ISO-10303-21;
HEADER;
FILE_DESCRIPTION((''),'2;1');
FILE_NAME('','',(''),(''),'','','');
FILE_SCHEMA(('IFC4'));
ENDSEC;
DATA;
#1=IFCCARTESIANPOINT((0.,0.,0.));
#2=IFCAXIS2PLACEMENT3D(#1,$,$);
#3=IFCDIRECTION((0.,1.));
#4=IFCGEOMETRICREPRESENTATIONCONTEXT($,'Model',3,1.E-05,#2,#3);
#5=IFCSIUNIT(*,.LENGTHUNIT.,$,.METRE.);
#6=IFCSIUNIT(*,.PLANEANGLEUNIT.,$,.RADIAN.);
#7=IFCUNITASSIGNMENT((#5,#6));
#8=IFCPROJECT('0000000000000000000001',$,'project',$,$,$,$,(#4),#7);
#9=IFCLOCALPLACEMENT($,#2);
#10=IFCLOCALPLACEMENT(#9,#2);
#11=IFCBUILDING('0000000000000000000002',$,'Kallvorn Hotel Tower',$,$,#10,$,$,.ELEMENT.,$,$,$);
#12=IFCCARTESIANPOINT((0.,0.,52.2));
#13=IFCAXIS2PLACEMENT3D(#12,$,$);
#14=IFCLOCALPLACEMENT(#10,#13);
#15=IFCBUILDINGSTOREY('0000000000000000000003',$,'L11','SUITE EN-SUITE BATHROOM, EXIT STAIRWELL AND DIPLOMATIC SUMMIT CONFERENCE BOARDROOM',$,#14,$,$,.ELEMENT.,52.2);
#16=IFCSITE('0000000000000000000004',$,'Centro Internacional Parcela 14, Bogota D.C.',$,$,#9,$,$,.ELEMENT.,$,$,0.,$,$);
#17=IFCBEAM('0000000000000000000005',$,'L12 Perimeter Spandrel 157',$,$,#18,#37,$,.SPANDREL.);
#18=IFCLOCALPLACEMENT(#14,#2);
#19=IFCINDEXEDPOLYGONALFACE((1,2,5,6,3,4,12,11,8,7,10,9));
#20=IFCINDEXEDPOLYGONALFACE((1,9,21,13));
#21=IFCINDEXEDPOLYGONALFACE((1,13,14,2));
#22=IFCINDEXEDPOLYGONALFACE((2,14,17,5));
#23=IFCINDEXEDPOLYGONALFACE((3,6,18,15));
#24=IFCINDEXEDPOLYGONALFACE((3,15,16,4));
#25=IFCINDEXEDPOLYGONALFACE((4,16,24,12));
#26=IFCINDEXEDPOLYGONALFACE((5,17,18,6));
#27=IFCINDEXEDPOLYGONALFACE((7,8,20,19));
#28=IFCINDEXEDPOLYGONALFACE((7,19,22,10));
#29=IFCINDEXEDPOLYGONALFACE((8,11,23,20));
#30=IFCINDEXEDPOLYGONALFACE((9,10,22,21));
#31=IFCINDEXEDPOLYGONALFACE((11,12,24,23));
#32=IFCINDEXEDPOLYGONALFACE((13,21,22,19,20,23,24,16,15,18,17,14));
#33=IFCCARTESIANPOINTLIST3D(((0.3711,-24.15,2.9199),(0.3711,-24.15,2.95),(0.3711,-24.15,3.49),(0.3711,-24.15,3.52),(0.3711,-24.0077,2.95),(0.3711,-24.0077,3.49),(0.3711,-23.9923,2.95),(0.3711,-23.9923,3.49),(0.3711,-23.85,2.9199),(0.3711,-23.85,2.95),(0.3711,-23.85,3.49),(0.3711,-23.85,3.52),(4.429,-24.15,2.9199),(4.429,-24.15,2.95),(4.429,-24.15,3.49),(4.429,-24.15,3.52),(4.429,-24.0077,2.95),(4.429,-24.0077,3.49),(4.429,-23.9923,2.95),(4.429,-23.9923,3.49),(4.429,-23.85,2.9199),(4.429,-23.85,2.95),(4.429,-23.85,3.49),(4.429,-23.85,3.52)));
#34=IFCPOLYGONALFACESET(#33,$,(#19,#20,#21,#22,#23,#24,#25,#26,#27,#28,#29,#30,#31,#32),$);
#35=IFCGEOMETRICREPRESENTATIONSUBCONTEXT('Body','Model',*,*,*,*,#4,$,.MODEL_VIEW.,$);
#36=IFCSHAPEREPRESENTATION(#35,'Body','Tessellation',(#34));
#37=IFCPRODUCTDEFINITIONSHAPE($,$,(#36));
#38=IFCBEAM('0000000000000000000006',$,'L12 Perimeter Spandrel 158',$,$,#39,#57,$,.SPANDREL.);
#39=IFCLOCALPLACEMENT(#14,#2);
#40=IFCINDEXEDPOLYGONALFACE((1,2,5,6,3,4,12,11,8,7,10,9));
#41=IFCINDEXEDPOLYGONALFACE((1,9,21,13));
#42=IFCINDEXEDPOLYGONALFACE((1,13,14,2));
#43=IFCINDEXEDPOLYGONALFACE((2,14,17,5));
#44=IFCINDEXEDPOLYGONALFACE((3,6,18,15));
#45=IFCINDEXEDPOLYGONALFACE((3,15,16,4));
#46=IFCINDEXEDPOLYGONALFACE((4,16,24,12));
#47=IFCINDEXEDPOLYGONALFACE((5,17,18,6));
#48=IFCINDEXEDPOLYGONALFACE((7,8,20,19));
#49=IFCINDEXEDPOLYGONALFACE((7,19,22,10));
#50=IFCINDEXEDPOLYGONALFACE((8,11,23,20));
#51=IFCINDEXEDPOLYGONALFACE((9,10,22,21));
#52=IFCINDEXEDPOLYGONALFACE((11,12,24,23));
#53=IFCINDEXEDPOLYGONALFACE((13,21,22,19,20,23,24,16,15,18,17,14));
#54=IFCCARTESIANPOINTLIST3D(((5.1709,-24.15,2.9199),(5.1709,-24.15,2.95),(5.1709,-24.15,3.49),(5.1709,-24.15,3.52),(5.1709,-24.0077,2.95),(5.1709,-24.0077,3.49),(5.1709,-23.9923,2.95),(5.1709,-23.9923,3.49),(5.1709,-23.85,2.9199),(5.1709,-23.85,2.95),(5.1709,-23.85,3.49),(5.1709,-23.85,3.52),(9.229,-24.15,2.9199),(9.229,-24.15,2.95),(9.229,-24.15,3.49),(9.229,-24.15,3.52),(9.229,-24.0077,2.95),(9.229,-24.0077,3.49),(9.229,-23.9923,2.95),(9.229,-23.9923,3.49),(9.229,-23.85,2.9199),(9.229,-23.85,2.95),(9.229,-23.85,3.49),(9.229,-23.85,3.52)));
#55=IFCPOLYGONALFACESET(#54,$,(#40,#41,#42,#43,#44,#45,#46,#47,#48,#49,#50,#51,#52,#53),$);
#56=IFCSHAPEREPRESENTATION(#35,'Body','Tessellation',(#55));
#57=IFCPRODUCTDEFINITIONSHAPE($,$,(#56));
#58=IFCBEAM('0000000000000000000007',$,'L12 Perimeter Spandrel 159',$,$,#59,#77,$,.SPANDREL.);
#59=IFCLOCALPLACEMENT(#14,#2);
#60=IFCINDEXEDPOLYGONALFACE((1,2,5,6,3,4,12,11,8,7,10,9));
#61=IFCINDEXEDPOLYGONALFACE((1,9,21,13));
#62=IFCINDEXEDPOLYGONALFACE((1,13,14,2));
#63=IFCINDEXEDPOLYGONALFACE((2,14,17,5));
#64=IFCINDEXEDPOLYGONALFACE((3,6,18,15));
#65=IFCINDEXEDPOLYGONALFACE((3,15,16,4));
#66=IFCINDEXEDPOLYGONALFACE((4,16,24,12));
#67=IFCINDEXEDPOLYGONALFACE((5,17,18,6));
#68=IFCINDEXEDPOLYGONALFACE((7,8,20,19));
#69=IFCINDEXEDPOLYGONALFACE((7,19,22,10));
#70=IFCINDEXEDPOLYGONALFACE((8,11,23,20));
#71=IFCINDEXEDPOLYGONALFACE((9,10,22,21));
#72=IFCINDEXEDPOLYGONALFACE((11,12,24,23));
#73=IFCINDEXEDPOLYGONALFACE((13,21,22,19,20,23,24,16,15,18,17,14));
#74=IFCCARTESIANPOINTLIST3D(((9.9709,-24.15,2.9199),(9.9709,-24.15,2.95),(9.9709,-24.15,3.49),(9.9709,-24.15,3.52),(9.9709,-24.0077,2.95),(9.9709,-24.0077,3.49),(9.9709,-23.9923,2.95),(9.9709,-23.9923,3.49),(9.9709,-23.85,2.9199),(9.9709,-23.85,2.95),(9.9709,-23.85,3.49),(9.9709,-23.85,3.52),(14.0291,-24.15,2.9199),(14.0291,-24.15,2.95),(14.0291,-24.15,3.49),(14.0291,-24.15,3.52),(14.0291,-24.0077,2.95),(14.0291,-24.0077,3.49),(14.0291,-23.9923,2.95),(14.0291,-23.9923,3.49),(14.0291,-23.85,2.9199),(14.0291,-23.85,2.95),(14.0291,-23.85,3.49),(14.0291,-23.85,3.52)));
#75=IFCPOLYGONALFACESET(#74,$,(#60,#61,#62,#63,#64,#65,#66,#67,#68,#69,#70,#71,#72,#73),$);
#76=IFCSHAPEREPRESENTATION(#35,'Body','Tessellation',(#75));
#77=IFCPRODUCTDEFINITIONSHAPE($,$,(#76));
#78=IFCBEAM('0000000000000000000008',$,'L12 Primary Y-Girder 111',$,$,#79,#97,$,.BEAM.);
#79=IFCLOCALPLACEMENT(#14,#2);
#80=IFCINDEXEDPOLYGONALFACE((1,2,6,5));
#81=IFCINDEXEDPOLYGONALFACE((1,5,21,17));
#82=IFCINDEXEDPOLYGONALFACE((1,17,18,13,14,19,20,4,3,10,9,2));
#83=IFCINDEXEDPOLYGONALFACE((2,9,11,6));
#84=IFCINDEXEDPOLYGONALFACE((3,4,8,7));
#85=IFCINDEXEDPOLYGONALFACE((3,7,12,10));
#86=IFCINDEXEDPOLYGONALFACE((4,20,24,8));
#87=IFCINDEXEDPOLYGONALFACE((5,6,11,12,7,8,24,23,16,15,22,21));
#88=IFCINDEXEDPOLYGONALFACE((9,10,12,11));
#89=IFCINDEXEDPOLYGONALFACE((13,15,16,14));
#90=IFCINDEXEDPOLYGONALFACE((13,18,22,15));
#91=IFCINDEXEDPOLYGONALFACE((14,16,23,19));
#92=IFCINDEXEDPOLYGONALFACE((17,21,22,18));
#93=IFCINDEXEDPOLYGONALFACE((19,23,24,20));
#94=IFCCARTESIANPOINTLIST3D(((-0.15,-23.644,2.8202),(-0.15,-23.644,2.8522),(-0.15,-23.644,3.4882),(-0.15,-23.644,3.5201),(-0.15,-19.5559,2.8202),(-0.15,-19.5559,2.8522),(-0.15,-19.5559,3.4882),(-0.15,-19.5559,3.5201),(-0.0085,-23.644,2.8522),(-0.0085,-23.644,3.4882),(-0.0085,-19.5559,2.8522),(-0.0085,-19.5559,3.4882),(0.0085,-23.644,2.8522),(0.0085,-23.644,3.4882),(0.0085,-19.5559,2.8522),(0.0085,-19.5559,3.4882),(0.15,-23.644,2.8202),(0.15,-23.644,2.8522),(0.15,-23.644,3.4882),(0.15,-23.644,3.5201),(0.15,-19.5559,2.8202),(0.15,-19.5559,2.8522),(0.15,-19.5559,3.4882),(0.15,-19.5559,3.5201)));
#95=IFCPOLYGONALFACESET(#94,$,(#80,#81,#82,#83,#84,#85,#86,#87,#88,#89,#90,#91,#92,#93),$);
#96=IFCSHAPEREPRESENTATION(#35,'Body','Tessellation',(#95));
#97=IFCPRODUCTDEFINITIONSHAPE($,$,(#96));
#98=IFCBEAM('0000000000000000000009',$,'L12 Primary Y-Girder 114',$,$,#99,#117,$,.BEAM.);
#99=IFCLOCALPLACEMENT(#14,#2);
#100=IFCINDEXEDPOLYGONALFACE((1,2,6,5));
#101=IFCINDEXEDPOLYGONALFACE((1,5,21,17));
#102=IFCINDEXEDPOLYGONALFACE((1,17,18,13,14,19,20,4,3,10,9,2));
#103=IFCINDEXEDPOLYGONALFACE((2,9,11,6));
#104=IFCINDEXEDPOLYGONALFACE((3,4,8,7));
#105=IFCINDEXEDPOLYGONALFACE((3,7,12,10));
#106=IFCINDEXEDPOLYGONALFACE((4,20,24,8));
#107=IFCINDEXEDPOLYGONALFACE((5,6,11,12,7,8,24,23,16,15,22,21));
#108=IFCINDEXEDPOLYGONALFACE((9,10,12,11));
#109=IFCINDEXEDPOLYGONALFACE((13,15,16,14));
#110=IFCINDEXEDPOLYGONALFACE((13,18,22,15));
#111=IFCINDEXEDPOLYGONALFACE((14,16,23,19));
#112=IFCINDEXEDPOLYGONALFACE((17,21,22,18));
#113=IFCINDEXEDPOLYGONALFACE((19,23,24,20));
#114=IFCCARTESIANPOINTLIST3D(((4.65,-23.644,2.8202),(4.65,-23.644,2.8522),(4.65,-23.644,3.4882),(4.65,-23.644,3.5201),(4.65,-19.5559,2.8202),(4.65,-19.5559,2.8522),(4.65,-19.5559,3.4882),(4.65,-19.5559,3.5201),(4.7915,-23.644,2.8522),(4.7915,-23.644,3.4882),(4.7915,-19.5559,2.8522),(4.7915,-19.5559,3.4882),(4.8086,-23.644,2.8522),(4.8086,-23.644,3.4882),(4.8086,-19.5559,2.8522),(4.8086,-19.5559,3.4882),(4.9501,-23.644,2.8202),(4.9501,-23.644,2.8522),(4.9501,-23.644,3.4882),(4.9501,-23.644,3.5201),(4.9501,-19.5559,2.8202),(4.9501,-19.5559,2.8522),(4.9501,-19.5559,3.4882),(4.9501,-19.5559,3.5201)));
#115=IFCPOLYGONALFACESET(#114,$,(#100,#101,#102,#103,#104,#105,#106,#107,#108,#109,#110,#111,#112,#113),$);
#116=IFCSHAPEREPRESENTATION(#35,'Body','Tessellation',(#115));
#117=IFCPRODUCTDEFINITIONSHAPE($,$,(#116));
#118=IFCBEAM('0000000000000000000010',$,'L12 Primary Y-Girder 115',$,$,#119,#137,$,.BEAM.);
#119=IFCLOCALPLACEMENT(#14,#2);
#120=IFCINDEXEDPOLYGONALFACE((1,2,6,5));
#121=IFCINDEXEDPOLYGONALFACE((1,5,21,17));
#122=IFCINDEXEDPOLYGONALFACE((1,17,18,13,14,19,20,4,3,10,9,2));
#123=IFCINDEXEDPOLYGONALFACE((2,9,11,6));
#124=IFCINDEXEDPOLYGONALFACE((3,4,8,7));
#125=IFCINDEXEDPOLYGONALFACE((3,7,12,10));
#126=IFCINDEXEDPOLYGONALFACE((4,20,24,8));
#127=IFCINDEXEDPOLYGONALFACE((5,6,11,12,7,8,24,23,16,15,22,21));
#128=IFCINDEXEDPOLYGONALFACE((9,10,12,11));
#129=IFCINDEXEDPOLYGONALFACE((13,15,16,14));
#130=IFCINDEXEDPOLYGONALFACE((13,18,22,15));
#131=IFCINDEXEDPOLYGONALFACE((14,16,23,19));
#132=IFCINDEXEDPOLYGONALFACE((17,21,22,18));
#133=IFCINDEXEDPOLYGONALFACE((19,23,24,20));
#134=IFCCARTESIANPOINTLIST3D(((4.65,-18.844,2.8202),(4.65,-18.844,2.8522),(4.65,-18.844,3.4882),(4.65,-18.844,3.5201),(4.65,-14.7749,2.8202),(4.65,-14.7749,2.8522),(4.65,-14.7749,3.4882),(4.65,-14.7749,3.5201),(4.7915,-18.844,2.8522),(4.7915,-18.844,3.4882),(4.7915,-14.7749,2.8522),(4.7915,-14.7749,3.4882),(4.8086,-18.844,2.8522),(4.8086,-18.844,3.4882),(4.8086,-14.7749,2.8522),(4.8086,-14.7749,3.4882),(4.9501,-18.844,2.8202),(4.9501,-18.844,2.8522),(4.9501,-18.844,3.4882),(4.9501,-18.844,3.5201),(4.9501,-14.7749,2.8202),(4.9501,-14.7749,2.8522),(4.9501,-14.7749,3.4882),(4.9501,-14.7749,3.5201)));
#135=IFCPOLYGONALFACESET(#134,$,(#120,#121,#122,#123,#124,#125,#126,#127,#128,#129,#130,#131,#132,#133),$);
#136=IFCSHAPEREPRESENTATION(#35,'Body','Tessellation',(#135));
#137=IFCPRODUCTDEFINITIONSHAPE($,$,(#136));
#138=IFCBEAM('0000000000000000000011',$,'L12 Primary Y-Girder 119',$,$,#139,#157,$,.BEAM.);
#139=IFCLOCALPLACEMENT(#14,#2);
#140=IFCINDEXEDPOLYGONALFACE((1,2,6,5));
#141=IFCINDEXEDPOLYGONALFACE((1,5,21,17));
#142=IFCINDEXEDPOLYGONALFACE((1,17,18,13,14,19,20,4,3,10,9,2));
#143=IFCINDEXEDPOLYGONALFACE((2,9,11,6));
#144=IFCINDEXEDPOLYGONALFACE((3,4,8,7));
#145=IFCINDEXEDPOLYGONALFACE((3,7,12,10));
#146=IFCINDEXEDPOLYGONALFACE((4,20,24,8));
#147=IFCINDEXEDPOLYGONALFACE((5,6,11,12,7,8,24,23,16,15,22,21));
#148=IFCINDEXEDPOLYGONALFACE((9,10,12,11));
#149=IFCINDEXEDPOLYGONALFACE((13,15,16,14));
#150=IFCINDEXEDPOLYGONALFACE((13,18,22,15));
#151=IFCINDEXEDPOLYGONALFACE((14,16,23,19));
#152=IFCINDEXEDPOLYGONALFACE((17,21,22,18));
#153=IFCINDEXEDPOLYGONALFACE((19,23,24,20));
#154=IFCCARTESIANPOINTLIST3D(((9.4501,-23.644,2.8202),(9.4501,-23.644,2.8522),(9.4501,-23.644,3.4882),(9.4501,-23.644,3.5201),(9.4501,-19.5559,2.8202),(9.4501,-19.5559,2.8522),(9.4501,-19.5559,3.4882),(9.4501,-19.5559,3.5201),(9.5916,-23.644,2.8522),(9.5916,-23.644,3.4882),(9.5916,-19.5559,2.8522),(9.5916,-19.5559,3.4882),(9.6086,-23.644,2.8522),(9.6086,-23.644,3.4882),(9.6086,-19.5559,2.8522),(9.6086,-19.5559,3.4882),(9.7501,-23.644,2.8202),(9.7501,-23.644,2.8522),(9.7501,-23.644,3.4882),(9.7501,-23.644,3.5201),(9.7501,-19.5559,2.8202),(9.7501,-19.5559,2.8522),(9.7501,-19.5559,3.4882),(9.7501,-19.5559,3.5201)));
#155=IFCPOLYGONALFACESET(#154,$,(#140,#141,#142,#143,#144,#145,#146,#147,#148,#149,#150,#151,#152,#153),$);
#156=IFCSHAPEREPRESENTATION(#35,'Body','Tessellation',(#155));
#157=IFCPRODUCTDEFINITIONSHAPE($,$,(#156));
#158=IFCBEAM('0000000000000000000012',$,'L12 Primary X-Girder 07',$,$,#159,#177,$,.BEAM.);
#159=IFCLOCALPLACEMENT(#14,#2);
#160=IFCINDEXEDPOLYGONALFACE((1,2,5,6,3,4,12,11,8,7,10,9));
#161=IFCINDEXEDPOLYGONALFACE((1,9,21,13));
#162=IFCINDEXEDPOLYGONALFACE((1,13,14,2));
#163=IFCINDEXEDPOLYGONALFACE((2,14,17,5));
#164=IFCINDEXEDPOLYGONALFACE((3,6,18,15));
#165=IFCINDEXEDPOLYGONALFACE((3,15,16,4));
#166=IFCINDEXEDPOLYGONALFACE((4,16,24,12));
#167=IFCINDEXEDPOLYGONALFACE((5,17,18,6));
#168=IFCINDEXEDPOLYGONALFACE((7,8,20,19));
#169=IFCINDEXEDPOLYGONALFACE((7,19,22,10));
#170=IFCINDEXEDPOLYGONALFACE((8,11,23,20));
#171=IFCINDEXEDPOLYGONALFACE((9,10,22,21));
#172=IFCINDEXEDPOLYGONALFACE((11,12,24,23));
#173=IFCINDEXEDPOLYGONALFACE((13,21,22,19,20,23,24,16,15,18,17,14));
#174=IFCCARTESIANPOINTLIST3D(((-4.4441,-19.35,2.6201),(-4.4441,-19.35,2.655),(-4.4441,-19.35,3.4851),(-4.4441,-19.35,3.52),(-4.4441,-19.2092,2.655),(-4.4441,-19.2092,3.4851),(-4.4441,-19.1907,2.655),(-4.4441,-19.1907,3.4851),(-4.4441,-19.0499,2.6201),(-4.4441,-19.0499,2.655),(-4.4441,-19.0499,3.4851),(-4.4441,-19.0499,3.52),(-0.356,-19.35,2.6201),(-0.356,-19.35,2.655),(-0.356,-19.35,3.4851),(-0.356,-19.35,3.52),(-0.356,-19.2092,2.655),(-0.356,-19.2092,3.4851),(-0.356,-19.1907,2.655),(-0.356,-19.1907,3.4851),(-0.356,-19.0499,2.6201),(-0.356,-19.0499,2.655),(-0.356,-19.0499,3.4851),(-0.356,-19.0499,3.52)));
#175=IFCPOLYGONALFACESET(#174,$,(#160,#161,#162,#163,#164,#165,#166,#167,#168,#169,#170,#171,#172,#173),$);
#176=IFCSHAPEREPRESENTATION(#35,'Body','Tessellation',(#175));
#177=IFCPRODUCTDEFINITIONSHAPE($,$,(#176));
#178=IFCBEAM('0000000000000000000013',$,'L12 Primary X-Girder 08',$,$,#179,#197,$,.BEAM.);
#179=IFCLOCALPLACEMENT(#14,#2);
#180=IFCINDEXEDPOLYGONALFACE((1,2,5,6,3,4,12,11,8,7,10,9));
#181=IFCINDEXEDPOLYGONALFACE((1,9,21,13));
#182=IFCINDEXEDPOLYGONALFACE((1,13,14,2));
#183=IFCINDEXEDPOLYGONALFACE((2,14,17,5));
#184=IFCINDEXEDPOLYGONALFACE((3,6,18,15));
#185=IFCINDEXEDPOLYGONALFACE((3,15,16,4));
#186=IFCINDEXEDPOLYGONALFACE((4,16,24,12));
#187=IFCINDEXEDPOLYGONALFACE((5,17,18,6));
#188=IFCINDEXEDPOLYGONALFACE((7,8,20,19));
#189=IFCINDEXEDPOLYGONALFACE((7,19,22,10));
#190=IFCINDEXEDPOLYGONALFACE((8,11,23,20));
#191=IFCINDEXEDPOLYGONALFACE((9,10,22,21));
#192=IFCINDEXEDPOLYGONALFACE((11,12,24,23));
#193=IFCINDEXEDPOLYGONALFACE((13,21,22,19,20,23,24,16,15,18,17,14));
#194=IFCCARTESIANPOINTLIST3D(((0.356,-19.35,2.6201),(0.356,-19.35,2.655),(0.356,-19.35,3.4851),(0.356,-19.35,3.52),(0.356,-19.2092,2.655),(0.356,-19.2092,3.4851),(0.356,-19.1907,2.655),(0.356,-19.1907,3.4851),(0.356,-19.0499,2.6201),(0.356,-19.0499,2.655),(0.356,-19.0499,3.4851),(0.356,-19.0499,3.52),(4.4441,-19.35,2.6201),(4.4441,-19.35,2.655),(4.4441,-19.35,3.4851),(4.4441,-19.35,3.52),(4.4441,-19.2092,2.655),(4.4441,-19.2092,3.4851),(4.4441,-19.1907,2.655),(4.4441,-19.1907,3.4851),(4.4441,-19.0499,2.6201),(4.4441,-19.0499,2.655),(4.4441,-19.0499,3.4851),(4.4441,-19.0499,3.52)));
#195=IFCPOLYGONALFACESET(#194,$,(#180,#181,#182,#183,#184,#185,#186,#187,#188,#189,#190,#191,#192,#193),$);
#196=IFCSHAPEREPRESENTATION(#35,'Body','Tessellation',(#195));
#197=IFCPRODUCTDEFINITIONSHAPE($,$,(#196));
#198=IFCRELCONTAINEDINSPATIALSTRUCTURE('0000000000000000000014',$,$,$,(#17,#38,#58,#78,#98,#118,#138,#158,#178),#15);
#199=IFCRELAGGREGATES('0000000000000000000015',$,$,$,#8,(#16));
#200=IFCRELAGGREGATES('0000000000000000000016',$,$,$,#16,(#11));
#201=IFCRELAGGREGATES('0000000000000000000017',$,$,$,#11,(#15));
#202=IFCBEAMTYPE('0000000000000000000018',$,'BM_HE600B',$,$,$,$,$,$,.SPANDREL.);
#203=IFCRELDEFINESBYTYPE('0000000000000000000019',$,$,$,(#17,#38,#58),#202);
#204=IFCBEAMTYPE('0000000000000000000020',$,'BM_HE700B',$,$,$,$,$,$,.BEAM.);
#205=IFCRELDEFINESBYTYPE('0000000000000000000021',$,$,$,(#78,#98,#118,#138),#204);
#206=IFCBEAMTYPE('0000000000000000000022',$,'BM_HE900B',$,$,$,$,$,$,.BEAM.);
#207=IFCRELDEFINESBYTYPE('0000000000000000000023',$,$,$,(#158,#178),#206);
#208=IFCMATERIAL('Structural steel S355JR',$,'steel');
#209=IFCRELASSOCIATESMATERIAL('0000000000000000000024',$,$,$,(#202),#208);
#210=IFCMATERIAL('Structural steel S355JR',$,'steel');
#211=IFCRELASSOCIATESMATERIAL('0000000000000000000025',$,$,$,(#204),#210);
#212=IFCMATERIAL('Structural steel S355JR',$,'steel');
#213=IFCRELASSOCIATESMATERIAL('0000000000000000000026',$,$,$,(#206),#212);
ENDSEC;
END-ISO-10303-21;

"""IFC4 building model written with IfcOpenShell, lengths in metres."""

from ifc_helpers import new_model, si_unit, direction, frame, origin, origin_2d, place, context, subcontext, project, spatial, i_section, extrude, material, material_profile, profile_set, type_object, element, save


model = new_model("IFC4")

# Units and contexts
model_context = context("Model", 3, precision=1e-05, world=origin(), true_north=direction((0.0, 1.0)))
body_context = subcontext(model_context, "Body", "Model", "MODEL_VIEW")
ifc_project = project(units=[si_unit("LENGTHUNIT", "METRE"), si_unit("PLANEANGLEUNIT", "RADIAN")], contexts=[model_context])

# Site, building, storey
site_placement = place(None, origin())
site = spatial("IfcSite", under=ifc_project, at=site_placement, Name="Centro Internacional Parcela 14, Bogota D.C.", CompositionType="ELEMENT", RefElevation=0.0)
building_placement = place(site_placement, origin())
building = spatial("IfcBuilding", under=site, at=building_placement, Name="Kallvorn Hotel Tower", CompositionType="ELEMENT")
storey_placement = place(building_placement, frame((0.0, 0.0, 52.2)))
storey = spatial("IfcBuildingStorey", under=building, at=storey_placement, Name="L11", Description="SUITE EN-SUITE BATHROOM, EXIT STAIRWELL AND DIPLOMATIC SUMMIT CONFERENCE BOARDROOM", CompositionType="ELEMENT", Elevation=52.2)

# Beams
ifc_material_1 = material(Name="Structural steel S355JR", Category="steel")
ifc_material_profile_1 = material_profile(ifc_material_1, i_section(OverallWidth=0.3, OverallDepth=0.6001, WebThickness=0.0154, FlangeThickness=0.03, at=origin_2d()), Name="HE 600 B")
ifc_profile_set_1 = profile_set([ifc_material_profile_1], Name="Structural steel S355JR")
beam_type_1 = type_object("IfcBeamType", Name="BM_HE600B", PredefinedType="SPANDREL", material=ifc_profile_set_1)
for number, where, z_axis, x_axis, name in (
    (1, (0.3711, -24.0, 3.22), (1.0, 0.0, 0.0), (0.0, 1.0, 0.0), "L12 Perimeter Spandrel 157"),
):
    element("IfcBeam", number, at=place(storey_placement, frame(where, z_axis=z_axis, x_axis=x_axis)), inside=storey, type_object=beam_type_1, Name=name, PredefinedType="SPANDREL", context=body_context, shape_type="SweptSolid", body=[
        extrude(i_section(OverallWidth=0.3, OverallDepth=0.6001, WebThickness=0.0154, FlangeThickness=0.03, at=origin_2d()), origin(), (0.0, 0.0, 1.0), 4.0579),
    ])
for number, where, z_axis, x_axis, name in (
    (2, (5.1709, -24.0, 3.22), (1.0, 0.0, 0.0), (0.0, 1.0, 0.0), "L12 Perimeter Spandrel 158"),
    (3, (9.9709, -24.0, 3.22), (1.0, 0.0, 0.0), (0.0, 1.0, 0.0), "L12 Perimeter Spandrel 159"),
):
    element("IfcBeam", number, at=place(storey_placement, frame(where, z_axis=z_axis, x_axis=x_axis)), inside=storey, type_object=beam_type_1, Name=name, PredefinedType="SPANDREL", context=body_context, shape_type="SweptSolid", body=[
        extrude(i_section(OverallWidth=0.3, OverallDepth=0.6001, WebThickness=0.0154, FlangeThickness=0.03, at=origin_2d()), origin(), (0.0, 0.0, 1.0), 4.0581),
    ])
ifc_material_2 = material(Name="Structural steel S355JR", Category="steel")
ifc_material_profile_2 = material_profile(ifc_material_2, i_section(OverallWidth=0.3, OverallDepth=0.7, WebThickness=0.0171, FlangeThickness=0.032, at=origin_2d()), Name="HE 700 B")
ifc_profile_set_2 = profile_set([ifc_material_profile_2], Name="Structural steel S355JR")
beam_type_2 = type_object("IfcBeamType", Name="BM_HE700B", PredefinedType="BEAM", material=ifc_profile_set_2)
for number, where, z_axis, x_axis, name in (
    (4, (0.0, -23.644, 3.1702), (0.0, 1.0, 0.0), (-1.0, 0.0, 0.0), "L12 Primary Y-Girder 111"),
    (5, (4.8, -23.644, 3.1702), (0.0, 1.0, 0.0), (-1.0, 0.0, 0.0), "L12 Primary Y-Girder 114"),
):
    element("IfcBeam", number, at=place(storey_placement, frame(where, z_axis=z_axis, x_axis=x_axis)), inside=storey, type_object=beam_type_2, Name=name, PredefinedType="BEAM", context=body_context, shape_type="SweptSolid", body=[
        extrude(i_section(OverallWidth=0.3, OverallDepth=0.7, WebThickness=0.0171, FlangeThickness=0.032, at=origin_2d()), origin(), (0.0, 0.0, 1.0), 4.0881),
    ])
beam_1_placement = place(storey_placement, frame((4.8, -18.844, 3.1702), z_axis=(0.0, 1.0, 0.0), x_axis=(-1.0, 0.0, 0.0)))
element("IfcBeam", 6, at=beam_1_placement, inside=storey, type_object=beam_type_2, Name="L12 Primary Y-Girder 115", PredefinedType="BEAM", context=body_context, shape_type="SweptSolid", body=[
    extrude(i_section(OverallWidth=0.3, OverallDepth=0.7, WebThickness=0.0171, FlangeThickness=0.032, at=origin_2d()), origin(), (0.0, 0.0, 1.0), 4.0691),
])
beam_2_placement = place(storey_placement, frame((9.6001, -23.644, 3.1702), z_axis=(0.0, 1.0, 0.0), x_axis=(-1.0, 0.0, 0.0)))
element("IfcBeam", 7, at=beam_2_placement, inside=storey, type_object=beam_type_2, Name="L12 Primary Y-Girder 119", PredefinedType="BEAM", context=body_context, shape_type="SweptSolid", body=[
    extrude(i_section(OverallWidth=0.3, OverallDepth=0.7, WebThickness=0.0171, FlangeThickness=0.032, at=origin_2d()), origin(), (0.0, 0.0, 1.0), 4.0881),
])
ifc_material_3 = material(Name="Structural steel S355JR", Category="steel")
ifc_material_profile_3 = material_profile(ifc_material_3, i_section(OverallWidth=0.3, OverallDepth=0.8999, WebThickness=0.0186, FlangeThickness=0.0349, at=origin_2d()), Name="HE 900 B")
ifc_profile_set_3 = profile_set([ifc_material_profile_3], Name="Structural steel S355JR")
beam_type_3 = type_object("IfcBeamType", Name="BM_HE900B", PredefinedType="BEAM", material=ifc_profile_set_3)
for number, where, z_axis, x_axis, name in (
    (8, (-4.4441, -19.2, 3.0701), (1.0, 0.0, 0.0), (0.0, 1.0, 0.0), "L12 Primary X-Girder 07"),
    (9, (0.356, -19.2, 3.0701), (1.0, 0.0, 0.0), (0.0, 1.0, 0.0), "L12 Primary X-Girder 08"),
):
    element("IfcBeam", number, at=place(storey_placement, frame(where, z_axis=z_axis, x_axis=x_axis)), inside=storey, type_object=beam_type_3, Name=name, PredefinedType="BEAM", context=body_context, shape_type="SweptSolid", body=[
        extrude(i_section(OverallWidth=0.3, OverallDepth=0.8999, WebThickness=0.0186, FlangeThickness=0.0349, at=origin_2d()), origin(), (0.0, 0.0, 1.0), 4.0881),
    ])

save(model, "model.ifc")
